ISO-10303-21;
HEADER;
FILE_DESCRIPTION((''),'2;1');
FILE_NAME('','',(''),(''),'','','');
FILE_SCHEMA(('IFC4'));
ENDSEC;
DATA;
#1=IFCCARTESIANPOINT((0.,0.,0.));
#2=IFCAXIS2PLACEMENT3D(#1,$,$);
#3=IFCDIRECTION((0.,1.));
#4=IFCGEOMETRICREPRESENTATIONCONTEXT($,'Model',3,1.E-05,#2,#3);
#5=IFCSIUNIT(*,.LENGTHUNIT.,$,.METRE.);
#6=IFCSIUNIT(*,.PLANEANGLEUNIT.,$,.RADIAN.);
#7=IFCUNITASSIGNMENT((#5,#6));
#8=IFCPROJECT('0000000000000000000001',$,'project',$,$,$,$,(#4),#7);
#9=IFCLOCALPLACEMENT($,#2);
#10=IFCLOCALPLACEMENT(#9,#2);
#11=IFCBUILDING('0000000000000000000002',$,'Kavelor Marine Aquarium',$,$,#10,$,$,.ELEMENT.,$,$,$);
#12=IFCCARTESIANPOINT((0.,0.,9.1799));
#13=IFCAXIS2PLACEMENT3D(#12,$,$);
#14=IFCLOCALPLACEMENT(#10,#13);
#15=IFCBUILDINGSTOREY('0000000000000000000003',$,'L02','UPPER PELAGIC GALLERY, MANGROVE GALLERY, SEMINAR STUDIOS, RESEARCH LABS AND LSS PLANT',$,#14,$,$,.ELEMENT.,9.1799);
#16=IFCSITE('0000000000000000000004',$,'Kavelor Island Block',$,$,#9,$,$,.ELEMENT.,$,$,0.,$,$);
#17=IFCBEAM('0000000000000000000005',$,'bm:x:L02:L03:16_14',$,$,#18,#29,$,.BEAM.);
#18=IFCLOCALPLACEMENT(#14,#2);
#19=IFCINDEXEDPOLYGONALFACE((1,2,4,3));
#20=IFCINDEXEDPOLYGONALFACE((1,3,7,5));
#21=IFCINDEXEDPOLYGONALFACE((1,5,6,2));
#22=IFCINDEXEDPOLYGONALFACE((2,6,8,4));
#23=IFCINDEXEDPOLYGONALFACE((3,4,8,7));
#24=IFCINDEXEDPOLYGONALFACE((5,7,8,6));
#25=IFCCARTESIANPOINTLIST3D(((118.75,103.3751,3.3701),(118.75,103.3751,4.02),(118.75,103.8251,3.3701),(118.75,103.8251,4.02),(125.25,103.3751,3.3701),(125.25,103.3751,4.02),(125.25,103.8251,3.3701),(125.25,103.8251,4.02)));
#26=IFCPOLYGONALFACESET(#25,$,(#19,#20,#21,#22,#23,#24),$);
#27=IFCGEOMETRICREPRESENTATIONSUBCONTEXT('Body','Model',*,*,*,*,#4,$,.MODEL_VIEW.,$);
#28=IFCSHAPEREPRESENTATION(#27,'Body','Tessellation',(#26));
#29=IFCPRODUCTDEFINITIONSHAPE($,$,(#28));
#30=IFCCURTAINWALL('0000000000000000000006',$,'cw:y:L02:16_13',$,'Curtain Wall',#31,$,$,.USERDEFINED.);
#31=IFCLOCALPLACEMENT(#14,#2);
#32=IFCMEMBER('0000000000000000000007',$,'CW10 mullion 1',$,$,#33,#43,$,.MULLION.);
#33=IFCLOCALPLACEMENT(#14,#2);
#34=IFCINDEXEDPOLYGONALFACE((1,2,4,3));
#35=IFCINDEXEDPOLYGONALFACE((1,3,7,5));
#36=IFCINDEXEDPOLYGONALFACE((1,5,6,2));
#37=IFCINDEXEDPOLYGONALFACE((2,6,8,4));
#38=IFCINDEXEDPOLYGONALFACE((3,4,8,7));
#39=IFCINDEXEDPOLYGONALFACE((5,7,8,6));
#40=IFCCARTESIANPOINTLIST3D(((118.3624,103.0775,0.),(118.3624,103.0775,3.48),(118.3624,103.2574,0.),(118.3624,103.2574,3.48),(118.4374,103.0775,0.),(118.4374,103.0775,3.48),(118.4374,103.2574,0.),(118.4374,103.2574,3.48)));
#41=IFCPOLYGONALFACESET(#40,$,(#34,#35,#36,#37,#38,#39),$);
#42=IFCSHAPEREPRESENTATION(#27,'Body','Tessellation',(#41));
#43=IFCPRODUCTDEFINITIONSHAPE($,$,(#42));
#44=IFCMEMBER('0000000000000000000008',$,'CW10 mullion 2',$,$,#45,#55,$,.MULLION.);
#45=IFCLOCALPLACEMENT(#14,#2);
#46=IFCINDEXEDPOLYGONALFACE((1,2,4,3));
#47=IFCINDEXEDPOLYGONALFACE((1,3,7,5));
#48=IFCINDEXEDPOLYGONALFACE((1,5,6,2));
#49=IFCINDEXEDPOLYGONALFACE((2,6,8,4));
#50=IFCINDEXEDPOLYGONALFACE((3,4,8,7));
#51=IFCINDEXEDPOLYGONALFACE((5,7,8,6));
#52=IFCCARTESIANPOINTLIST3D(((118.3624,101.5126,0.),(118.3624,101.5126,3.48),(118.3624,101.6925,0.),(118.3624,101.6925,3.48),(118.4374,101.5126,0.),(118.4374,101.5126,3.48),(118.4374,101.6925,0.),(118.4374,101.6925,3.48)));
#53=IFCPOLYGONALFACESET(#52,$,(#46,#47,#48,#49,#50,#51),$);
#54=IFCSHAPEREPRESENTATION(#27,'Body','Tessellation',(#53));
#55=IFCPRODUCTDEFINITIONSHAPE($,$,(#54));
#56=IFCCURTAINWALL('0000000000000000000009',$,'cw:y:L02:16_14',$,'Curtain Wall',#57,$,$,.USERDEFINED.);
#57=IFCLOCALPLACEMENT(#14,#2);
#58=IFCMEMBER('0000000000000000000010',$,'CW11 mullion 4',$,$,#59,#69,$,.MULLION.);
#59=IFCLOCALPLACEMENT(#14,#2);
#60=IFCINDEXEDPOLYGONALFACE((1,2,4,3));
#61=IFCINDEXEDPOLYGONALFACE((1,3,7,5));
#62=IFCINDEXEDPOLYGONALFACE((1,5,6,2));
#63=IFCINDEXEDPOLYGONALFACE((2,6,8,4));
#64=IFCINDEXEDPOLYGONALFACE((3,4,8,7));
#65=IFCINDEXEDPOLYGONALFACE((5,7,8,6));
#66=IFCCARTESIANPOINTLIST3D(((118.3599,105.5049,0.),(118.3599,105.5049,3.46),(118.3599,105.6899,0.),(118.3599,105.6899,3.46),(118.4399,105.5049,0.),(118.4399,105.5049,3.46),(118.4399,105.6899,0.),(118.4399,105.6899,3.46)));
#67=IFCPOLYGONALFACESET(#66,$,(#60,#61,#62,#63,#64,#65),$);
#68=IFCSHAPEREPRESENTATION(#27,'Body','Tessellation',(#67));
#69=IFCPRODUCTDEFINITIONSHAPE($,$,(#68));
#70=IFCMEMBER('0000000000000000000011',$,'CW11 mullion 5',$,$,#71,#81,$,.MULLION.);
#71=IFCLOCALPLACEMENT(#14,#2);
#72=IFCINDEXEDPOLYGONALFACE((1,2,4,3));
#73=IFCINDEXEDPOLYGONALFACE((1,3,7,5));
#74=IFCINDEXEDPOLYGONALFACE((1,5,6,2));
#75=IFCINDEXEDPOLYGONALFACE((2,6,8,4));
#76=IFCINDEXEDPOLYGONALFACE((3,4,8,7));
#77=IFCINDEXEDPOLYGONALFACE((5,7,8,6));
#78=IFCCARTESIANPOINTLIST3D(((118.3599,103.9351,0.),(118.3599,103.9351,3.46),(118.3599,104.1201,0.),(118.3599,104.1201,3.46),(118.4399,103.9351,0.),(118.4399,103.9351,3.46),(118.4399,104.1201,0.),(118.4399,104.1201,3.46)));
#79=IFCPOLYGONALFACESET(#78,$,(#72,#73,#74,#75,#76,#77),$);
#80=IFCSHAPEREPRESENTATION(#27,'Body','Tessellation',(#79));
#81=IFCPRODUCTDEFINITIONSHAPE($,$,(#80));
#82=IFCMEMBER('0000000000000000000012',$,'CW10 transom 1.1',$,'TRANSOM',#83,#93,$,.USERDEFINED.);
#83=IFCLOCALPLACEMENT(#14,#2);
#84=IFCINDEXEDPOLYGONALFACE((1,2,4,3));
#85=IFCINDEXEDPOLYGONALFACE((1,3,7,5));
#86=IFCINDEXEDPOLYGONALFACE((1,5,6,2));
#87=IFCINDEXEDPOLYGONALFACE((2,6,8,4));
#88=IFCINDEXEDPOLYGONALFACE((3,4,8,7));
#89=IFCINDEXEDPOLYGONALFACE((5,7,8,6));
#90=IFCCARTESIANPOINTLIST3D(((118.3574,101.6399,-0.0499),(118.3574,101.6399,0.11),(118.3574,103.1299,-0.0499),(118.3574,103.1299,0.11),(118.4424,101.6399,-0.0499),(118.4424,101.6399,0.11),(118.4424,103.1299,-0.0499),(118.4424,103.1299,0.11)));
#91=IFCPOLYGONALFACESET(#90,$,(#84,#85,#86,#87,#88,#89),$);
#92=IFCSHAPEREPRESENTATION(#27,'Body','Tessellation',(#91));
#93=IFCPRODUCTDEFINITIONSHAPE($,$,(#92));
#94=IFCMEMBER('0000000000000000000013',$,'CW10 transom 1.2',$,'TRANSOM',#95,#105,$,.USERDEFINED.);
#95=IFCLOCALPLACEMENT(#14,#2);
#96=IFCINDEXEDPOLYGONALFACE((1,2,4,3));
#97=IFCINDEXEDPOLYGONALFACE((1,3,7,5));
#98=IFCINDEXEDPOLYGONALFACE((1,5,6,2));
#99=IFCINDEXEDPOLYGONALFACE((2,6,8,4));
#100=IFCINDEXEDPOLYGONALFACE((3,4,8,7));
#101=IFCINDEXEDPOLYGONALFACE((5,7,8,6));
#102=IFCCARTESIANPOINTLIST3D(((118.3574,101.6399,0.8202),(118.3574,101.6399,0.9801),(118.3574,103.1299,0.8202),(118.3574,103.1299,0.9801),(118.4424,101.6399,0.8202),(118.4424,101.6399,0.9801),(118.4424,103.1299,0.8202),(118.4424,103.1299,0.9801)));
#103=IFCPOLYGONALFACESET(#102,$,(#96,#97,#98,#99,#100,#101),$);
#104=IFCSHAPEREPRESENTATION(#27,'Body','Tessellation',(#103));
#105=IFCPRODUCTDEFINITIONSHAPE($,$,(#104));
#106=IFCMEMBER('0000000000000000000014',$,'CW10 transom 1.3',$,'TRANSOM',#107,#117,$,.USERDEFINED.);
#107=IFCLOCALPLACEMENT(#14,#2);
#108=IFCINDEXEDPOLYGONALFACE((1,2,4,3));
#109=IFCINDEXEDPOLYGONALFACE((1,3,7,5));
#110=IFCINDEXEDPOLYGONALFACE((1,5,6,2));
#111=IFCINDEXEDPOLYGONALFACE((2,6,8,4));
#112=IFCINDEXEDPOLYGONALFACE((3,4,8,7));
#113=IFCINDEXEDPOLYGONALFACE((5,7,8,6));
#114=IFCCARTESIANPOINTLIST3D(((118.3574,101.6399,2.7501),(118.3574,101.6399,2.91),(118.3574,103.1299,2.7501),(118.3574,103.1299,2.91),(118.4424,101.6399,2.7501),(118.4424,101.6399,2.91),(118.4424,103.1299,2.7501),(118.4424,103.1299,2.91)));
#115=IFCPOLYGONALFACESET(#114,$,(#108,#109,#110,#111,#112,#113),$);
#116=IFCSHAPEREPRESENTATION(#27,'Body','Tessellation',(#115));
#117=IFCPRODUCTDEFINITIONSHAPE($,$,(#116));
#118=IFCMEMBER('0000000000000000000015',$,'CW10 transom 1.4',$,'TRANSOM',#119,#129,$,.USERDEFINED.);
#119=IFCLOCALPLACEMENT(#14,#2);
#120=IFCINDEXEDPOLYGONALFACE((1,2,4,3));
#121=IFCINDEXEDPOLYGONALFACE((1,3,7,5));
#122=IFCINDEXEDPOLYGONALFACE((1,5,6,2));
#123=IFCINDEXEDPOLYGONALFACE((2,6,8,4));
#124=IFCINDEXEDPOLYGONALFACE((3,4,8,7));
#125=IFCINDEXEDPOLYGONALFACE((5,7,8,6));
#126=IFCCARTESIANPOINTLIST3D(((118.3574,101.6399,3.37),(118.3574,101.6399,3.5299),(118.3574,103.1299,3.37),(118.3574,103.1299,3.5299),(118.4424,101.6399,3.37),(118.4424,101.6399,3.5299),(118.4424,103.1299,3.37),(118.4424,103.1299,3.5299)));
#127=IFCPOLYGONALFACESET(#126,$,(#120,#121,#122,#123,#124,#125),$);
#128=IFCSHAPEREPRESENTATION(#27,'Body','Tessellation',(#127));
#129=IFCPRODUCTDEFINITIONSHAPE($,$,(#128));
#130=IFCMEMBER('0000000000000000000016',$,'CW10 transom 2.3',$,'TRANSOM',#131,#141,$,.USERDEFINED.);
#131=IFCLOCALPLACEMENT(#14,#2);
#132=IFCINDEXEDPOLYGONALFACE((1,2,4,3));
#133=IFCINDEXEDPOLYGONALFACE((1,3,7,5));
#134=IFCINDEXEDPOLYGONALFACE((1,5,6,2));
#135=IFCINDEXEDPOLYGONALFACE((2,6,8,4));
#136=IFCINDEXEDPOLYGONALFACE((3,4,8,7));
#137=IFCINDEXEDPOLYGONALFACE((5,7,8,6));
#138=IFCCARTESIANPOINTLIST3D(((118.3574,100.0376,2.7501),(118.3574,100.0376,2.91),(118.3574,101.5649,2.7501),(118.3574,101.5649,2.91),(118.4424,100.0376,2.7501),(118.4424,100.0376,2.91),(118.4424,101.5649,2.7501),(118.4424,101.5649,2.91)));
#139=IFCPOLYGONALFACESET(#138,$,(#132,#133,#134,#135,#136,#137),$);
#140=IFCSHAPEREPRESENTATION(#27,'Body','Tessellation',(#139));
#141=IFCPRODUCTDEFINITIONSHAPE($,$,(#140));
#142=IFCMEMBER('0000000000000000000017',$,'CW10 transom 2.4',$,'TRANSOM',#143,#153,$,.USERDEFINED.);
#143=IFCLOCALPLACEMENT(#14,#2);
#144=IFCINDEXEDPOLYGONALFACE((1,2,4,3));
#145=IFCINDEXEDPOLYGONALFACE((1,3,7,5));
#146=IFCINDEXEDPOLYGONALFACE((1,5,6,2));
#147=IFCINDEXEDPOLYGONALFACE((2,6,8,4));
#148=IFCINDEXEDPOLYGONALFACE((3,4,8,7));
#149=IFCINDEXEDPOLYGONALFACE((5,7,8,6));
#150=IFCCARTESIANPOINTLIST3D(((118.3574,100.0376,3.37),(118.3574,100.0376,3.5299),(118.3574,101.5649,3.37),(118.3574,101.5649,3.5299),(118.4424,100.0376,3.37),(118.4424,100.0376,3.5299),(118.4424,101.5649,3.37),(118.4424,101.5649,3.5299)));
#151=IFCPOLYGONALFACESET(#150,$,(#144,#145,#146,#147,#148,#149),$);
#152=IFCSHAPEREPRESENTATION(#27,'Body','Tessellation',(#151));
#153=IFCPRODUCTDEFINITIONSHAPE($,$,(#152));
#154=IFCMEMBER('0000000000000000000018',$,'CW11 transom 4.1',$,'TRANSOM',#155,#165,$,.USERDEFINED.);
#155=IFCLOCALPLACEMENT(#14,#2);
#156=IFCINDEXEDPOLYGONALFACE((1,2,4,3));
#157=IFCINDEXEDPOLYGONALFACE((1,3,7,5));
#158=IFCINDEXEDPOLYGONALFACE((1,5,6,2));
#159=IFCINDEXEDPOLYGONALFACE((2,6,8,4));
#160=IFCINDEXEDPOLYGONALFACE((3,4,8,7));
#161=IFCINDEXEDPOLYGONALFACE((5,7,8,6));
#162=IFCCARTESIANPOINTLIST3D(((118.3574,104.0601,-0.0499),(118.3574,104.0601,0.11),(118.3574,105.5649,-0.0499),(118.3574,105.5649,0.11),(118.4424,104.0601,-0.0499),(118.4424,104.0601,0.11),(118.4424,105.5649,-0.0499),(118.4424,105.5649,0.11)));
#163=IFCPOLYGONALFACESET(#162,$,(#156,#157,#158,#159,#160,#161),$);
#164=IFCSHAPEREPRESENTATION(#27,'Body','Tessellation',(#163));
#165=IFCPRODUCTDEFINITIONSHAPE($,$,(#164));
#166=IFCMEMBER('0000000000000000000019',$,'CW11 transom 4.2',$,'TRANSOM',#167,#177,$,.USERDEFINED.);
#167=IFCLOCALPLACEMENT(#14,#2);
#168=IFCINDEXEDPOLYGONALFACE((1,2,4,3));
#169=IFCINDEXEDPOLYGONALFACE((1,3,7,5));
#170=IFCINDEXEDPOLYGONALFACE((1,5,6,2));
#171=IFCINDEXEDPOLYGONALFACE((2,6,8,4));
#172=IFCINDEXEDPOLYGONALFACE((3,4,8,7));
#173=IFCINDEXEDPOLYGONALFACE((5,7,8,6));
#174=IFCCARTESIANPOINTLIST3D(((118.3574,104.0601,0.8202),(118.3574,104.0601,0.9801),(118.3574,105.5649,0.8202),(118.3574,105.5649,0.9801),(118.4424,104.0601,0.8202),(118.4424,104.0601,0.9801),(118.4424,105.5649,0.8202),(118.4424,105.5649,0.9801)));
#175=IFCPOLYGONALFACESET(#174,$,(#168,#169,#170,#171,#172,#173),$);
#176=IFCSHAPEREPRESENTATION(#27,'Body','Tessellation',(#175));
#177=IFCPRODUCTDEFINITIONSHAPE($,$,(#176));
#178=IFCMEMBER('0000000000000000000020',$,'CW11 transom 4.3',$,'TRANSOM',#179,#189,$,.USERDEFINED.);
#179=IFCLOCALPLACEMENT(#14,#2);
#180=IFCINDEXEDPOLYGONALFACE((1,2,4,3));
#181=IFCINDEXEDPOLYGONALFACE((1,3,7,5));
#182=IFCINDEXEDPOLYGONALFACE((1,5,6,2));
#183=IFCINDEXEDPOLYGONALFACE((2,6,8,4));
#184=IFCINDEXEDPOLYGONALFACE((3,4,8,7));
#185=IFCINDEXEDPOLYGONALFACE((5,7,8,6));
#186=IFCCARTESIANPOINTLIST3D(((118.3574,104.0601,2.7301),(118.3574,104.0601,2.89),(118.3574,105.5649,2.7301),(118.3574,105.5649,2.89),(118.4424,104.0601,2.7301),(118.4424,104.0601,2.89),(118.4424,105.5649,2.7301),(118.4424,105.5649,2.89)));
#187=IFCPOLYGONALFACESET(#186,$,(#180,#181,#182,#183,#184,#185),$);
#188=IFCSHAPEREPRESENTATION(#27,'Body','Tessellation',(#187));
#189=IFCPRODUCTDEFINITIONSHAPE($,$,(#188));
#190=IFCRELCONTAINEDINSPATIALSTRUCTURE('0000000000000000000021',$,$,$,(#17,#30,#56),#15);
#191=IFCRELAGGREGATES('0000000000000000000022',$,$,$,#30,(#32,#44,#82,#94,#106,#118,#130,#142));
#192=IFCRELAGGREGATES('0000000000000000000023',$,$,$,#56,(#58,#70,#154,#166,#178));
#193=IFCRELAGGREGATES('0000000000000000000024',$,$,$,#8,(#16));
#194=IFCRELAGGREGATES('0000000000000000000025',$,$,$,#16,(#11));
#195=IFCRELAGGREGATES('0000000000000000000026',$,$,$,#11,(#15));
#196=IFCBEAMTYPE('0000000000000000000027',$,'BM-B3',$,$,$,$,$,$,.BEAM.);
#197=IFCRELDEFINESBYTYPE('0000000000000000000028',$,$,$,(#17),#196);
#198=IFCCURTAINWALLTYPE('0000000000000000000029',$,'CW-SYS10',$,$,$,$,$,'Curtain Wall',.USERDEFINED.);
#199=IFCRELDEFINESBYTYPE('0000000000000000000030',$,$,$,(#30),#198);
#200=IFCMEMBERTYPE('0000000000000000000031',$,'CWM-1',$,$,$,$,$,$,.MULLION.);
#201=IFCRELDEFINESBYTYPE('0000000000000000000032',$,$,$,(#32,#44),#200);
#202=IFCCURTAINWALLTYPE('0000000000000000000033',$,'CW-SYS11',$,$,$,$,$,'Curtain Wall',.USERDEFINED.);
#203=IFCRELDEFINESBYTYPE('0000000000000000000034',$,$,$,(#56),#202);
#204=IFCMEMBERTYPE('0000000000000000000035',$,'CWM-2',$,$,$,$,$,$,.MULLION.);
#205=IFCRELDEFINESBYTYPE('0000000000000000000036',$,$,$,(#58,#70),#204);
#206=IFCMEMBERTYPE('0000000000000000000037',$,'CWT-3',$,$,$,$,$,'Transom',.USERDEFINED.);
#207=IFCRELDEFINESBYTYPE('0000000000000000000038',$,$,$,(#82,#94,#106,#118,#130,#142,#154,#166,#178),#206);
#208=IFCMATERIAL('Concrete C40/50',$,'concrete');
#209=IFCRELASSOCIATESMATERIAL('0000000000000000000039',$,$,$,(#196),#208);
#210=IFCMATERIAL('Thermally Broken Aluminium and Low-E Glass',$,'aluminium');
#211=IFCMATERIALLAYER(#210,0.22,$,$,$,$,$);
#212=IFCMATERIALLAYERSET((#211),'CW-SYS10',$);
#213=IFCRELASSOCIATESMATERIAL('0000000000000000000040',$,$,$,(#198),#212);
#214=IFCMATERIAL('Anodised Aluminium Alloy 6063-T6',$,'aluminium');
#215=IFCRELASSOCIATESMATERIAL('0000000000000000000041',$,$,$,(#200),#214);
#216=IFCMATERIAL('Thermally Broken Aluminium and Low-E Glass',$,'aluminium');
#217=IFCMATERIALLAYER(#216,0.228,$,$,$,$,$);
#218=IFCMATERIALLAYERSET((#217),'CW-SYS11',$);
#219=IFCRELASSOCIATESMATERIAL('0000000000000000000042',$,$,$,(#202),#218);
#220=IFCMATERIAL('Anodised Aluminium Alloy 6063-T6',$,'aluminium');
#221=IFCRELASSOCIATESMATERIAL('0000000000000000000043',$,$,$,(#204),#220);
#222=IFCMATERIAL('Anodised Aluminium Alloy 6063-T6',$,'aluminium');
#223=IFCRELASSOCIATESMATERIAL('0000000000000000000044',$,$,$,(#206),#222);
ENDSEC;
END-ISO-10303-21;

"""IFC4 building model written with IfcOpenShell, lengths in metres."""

from ifc_helpers import new_model, si_unit, direction, frame, origin, origin_2d, place, context, subcontext, project, spatial, rectangle, extrude, material, layer, layer_set, material_profile, profile_set, type_object, element, aggregate, save


model = new_model("IFC4")

# Units and contexts
model_context = context("Model", 3, precision=1e-05, world=origin(), true_north=direction((0.0, 1.0)))
body_context = subcontext(model_context, "Body", "Model", "MODEL_VIEW")
ifc_project = project(units=[si_unit("LENGTHUNIT", "METRE"), si_unit("PLANEANGLEUNIT", "RADIAN")], contexts=[model_context])

# Site, building, storey
site_placement = place(None, origin())
site = spatial("IfcSite", under=ifc_project, at=site_placement, Name="Kavelor Island Block", CompositionType="ELEMENT", RefElevation=0.0)
building_placement = place(site_placement, origin())
building = spatial("IfcBuilding", under=site, at=building_placement, Name="Kavelor Marine Aquarium", CompositionType="ELEMENT")
storey_placement = place(building_placement, frame((0.0, 0.0, 9.1799)))
storey = spatial("IfcBuildingStorey", under=building, at=storey_placement, Name="L02", Description="UPPER PELAGIC GALLERY, MANGROVE GALLERY, SEMINAR STUDIOS, RESEARCH LABS AND LSS PLANT", CompositionType="ELEMENT", Elevation=9.1799)

# Beam
ifc_material_1 = material(Name="Concrete C40/50", Category="concrete")
ifc_material_profile_1 = material_profile(ifc_material_1, rectangle(XDim=0.45, YDim=0.6499, at=origin_2d()), Name="RC-BM 450x650")
ifc_profile_set_1 = profile_set([ifc_material_profile_1], Name="Concrete C40/50")
beam_type = type_object("IfcBeamType", Name="BM-B3", PredefinedType="BEAM", material=ifc_profile_set_1)
beam_placement = place(storey_placement, frame((118.75, 103.6001, 3.6951), z_axis=(1.0, 0.0, 0.0), x_axis=(0.0, 1.0, 0.0)))
element("IfcBeam", 1, at=beam_placement, inside=storey, type_object=beam_type, Name="bm:x:L02:L03:16_14", PredefinedType="BEAM", context=body_context, shape_type="SweptSolid", body=[
    extrude(rectangle(XDim=0.45, YDim=0.6499, at=origin_2d()), origin(), (0.0, 0.0, 1.0), 6.5),
])

# Curtain walls, members
ifc_material_2 = material(Name="Thermally Broken Aluminium and Low-E Glass", Category="aluminium")
ifc_layer_1 = layer(ifc_material_2, 0.22)
ifc_layer_set_1 = layer_set([ifc_layer_1], Name="CW-SYS10")
curtain_wall_type_1 = type_object("IfcCurtainWallType", Name="CW-SYS10", ElementType="Curtain Wall", PredefinedType="USERDEFINED", material=ifc_layer_set_1)
curtain_wall_1_placement = place(storey_placement, origin())
curtain_wall_1 = element("IfcCurtainWall", 2, at=curtain_wall_1_placement, inside=storey, type_object=curtain_wall_type_1, Name="cw:y:L02:16_13", ObjectType="Curtain Wall", PredefinedType="USERDEFINED")
ifc_material_3 = material(Name="Anodised Aluminium Alloy 6063-T6", Category="aluminium")
ifc_material_profile_2 = material_profile(ifc_material_3, rectangle(XDim=0.075, YDim=0.1799, at=origin_2d()), Name="CW-MUL 75x180")
ifc_profile_set_2 = profile_set([ifc_material_profile_2], Name="Anodised Aluminium Alloy 6063-T6")
member_type_1 = type_object("IfcMemberType", Name="CWM-1", PredefinedType="MULLION", material=ifc_profile_set_2)
member_1_placement = place(storey_placement, frame((118.3999, 103.1675, 0.0), z_axis=(0.0, 0.0, 1.0), x_axis=(1.0, 0.0, 0.0)))
member_1 = element("IfcMember", 3, at=member_1_placement, type_object=member_type_1, Name="CW10 mullion 1", PredefinedType="MULLION", context=body_context, shape_type="SweptSolid", body=[
    extrude(rectangle(XDim=0.075, YDim=0.1799, at=origin_2d()), origin(), (0.0, 0.0, 1.0), 3.48),
])
member_2_placement = place(storey_placement, frame((118.3999, 101.6025, 0.0), z_axis=(0.0, 0.0, 1.0), x_axis=(1.0, 0.0, 0.0)))
member_2 = element("IfcMember", 4, at=member_2_placement, type_object=member_type_1, Name="CW10 mullion 2", PredefinedType="MULLION", context=body_context, shape_type="SweptSolid", body=[
    extrude(rectangle(XDim=0.075, YDim=0.1799, at=origin_2d()), origin(), (0.0, 0.0, 1.0), 3.48),
])
ifc_material_4 = material(Name="Thermally Broken Aluminium and Low-E Glass", Category="aluminium")
ifc_layer_2 = layer(ifc_material_4, 0.228)
ifc_layer_set_2 = layer_set([ifc_layer_2], Name="CW-SYS11")
curtain_wall_type_2 = type_object("IfcCurtainWallType", Name="CW-SYS11", ElementType="Curtain Wall", PredefinedType="USERDEFINED", material=ifc_layer_set_2)
curtain_wall_2_placement = place(storey_placement, origin())
curtain_wall_2 = element("IfcCurtainWall", 5, at=curtain_wall_2_placement, inside=storey, type_object=curtain_wall_type_2, Name="cw:y:L02:16_14", ObjectType="Curtain Wall", PredefinedType="USERDEFINED")
ifc_material_5 = material(Name="Anodised Aluminium Alloy 6063-T6", Category="aluminium")
ifc_material_profile_3 = material_profile(ifc_material_5, rectangle(XDim=0.0801, YDim=0.1851, at=origin_2d()), Name="CW-MUL 80x185")
ifc_profile_set_3 = profile_set([ifc_material_profile_3], Name="Anodised Aluminium Alloy 6063-T6")
member_type_2 = type_object("IfcMemberType", Name="CWM-2", PredefinedType="MULLION", material=ifc_profile_set_3)
member_3_placement = place(storey_placement, frame((118.3999, 105.5974, 0.0), z_axis=(0.0, 0.0, 1.0), x_axis=(1.0, 0.0, 0.0)))
member_3 = element("IfcMember", 6, at=member_3_placement, type_object=member_type_2, Name="CW11 mullion 4", PredefinedType="MULLION", context=body_context, shape_type="SweptSolid", body=[
    extrude(rectangle(XDim=0.0801, YDim=0.1851, at=origin_2d()), origin(), (0.0, 0.0, 1.0), 3.46),
])
member_4_placement = place(storey_placement, frame((118.3999, 104.0276, 0.0), z_axis=(0.0, 0.0, 1.0), x_axis=(1.0, 0.0, 0.0)))
member_4 = element("IfcMember", 7, at=member_4_placement, type_object=member_type_2, Name="CW11 mullion 5", PredefinedType="MULLION", context=body_context, shape_type="SweptSolid", body=[
    extrude(rectangle(XDim=0.0801, YDim=0.1851, at=origin_2d()), origin(), (0.0, 0.0, 1.0), 3.46),
])

# Members
ifc_material_6 = material(Name="Anodised Aluminium Alloy 6063-T6", Category="aluminium")
ifc_material_profile_4 = material_profile(ifc_material_6, rectangle(XDim=0.085, YDim=0.1599, at=origin_2d()), Name="CW-TRN 85x160")
ifc_profile_set_4 = profile_set([ifc_material_profile_4], Name="Anodised Aluminium Alloy 6063-T6")
member_type_3 = type_object("IfcMemberType", Name="CWT-3", ElementType="Transom", PredefinedType="USERDEFINED", material=ifc_profile_set_4)
member_5_placement = place(storey_placement, frame((118.3999, 103.1299, 0.03), z_axis=(0.0, -1.0, 0.0), x_axis=(1.0, 0.0, 0.0)))
member_5 = element("IfcMember", 8, at=member_5_placement, type_object=member_type_3, Name="CW10 transom 1.1", ObjectType="TRANSOM", PredefinedType="USERDEFINED", context=body_context, shape_type="SweptSolid", body=[
    extrude(rectangle(XDim=0.085, YDim=0.1599, at=origin_2d()), origin(), (0.0, 0.0, 1.0), 1.49),
])
member_6_placement = place(storey_placement, frame((118.3999, 103.1299, 0.9001), z_axis=(0.0, -1.0, 0.0), x_axis=(1.0, 0.0, 0.0)))
member_6 = element("IfcMember", 9, at=member_6_placement, type_object=member_type_3, Name="CW10 transom 1.2", ObjectType="TRANSOM", PredefinedType="USERDEFINED", context=body_context, shape_type="SweptSolid", body=[
    extrude(rectangle(XDim=0.085, YDim=0.1599, at=origin_2d()), origin(), (0.0, 0.0, 1.0), 1.49),
])
member_7_placement = place(storey_placement, frame((118.3999, 103.1299, 2.8301), z_axis=(0.0, -1.0, 0.0), x_axis=(1.0, 0.0, 0.0)))
member_7 = element("IfcMember", 10, at=member_7_placement, type_object=member_type_3, Name="CW10 transom 1.3", ObjectType="TRANSOM", PredefinedType="USERDEFINED", context=body_context, shape_type="SweptSolid", body=[
    extrude(rectangle(XDim=0.085, YDim=0.1599, at=origin_2d()), origin(), (0.0, 0.0, 1.0), 1.49),
])
member_8_placement = place(storey_placement, frame((118.3999, 103.1299, 3.45), z_axis=(0.0, -1.0, 0.0), x_axis=(1.0, 0.0, 0.0)))
member_8 = element("IfcMember", 11, at=member_8_placement, type_object=member_type_3, Name="CW10 transom 1.4", ObjectType="TRANSOM", PredefinedType="USERDEFINED", context=body_context, shape_type="SweptSolid", body=[
    extrude(rectangle(XDim=0.085, YDim=0.1599, at=origin_2d()), origin(), (0.0, 0.0, 1.0), 1.49),
])
member_9_placement = place(storey_placement, frame((118.3999, 101.5649, 2.8301), z_axis=(0.0, -1.0, 0.0), x_axis=(1.0, 0.0, 0.0)))
member_9 = element("IfcMember", 12, at=member_9_placement, type_object=member_type_3, Name="CW10 transom 2.3", ObjectType="TRANSOM", PredefinedType="USERDEFINED", context=body_context, shape_type="SweptSolid", body=[
    extrude(rectangle(XDim=0.085, YDim=0.1599, at=origin_2d()), origin(), (0.0, 0.0, 1.0), 1.5273),
])
member_10_placement = place(storey_placement, frame((118.3999, 101.5649, 3.45), z_axis=(0.0, -1.0, 0.0), x_axis=(1.0, 0.0, 0.0)))
member_10 = element("IfcMember", 13, at=member_10_placement, type_object=member_type_3, Name="CW10 transom 2.4", ObjectType="TRANSOM", PredefinedType="USERDEFINED", context=body_context, shape_type="SweptSolid", body=[
    extrude(rectangle(XDim=0.085, YDim=0.1599, at=origin_2d()), origin(), (0.0, 0.0, 1.0), 1.5273),
])
member_11_placement = place(storey_placement, frame((118.3999, 105.5649, 0.03), z_axis=(0.0, -1.0, 0.0), x_axis=(1.0, 0.0, 0.0)))
member_11 = element("IfcMember", 14, at=member_11_placement, type_object=member_type_3, Name="CW11 transom 4.1", ObjectType="TRANSOM", PredefinedType="USERDEFINED", context=body_context, shape_type="SweptSolid", body=[
    extrude(rectangle(XDim=0.085, YDim=0.1599, at=origin_2d()), origin(), (0.0, 0.0, 1.0), 1.5049),
])
member_12_placement = place(storey_placement, frame((118.3999, 105.5649, 0.9001), z_axis=(0.0, -1.0, 0.0), x_axis=(1.0, 0.0, 0.0)))
member_12 = element("IfcMember", 15, at=member_12_placement, type_object=member_type_3, Name="CW11 transom 4.2", ObjectType="TRANSOM", PredefinedType="USERDEFINED", context=body_context, shape_type="SweptSolid", body=[
    extrude(rectangle(XDim=0.085, YDim=0.1599, at=origin_2d()), origin(), (0.0, 0.0, 1.0), 1.5049),
])
member_13_placement = place(storey_placement, frame((118.3999, 105.5649, 2.8101), z_axis=(0.0, -1.0, 0.0), x_axis=(1.0, 0.0, 0.0)))
member_13 = element("IfcMember", 16, at=member_13_placement, type_object=member_type_3, Name="CW11 transom 4.3", ObjectType="TRANSOM", PredefinedType="USERDEFINED", context=body_context, shape_type="SweptSolid", body=[
    extrude(rectangle(XDim=0.085, YDim=0.1599, at=origin_2d()), origin(), (0.0, 0.0, 1.0), 1.5049),
])

aggregate(curtain_wall_1, [member_1, member_2, member_5, member_6, member_7, member_8, member_9, member_10])
aggregate(curtain_wall_2, [member_3, member_4, member_11, member_12, member_13])

save(model, "model.ifc")
